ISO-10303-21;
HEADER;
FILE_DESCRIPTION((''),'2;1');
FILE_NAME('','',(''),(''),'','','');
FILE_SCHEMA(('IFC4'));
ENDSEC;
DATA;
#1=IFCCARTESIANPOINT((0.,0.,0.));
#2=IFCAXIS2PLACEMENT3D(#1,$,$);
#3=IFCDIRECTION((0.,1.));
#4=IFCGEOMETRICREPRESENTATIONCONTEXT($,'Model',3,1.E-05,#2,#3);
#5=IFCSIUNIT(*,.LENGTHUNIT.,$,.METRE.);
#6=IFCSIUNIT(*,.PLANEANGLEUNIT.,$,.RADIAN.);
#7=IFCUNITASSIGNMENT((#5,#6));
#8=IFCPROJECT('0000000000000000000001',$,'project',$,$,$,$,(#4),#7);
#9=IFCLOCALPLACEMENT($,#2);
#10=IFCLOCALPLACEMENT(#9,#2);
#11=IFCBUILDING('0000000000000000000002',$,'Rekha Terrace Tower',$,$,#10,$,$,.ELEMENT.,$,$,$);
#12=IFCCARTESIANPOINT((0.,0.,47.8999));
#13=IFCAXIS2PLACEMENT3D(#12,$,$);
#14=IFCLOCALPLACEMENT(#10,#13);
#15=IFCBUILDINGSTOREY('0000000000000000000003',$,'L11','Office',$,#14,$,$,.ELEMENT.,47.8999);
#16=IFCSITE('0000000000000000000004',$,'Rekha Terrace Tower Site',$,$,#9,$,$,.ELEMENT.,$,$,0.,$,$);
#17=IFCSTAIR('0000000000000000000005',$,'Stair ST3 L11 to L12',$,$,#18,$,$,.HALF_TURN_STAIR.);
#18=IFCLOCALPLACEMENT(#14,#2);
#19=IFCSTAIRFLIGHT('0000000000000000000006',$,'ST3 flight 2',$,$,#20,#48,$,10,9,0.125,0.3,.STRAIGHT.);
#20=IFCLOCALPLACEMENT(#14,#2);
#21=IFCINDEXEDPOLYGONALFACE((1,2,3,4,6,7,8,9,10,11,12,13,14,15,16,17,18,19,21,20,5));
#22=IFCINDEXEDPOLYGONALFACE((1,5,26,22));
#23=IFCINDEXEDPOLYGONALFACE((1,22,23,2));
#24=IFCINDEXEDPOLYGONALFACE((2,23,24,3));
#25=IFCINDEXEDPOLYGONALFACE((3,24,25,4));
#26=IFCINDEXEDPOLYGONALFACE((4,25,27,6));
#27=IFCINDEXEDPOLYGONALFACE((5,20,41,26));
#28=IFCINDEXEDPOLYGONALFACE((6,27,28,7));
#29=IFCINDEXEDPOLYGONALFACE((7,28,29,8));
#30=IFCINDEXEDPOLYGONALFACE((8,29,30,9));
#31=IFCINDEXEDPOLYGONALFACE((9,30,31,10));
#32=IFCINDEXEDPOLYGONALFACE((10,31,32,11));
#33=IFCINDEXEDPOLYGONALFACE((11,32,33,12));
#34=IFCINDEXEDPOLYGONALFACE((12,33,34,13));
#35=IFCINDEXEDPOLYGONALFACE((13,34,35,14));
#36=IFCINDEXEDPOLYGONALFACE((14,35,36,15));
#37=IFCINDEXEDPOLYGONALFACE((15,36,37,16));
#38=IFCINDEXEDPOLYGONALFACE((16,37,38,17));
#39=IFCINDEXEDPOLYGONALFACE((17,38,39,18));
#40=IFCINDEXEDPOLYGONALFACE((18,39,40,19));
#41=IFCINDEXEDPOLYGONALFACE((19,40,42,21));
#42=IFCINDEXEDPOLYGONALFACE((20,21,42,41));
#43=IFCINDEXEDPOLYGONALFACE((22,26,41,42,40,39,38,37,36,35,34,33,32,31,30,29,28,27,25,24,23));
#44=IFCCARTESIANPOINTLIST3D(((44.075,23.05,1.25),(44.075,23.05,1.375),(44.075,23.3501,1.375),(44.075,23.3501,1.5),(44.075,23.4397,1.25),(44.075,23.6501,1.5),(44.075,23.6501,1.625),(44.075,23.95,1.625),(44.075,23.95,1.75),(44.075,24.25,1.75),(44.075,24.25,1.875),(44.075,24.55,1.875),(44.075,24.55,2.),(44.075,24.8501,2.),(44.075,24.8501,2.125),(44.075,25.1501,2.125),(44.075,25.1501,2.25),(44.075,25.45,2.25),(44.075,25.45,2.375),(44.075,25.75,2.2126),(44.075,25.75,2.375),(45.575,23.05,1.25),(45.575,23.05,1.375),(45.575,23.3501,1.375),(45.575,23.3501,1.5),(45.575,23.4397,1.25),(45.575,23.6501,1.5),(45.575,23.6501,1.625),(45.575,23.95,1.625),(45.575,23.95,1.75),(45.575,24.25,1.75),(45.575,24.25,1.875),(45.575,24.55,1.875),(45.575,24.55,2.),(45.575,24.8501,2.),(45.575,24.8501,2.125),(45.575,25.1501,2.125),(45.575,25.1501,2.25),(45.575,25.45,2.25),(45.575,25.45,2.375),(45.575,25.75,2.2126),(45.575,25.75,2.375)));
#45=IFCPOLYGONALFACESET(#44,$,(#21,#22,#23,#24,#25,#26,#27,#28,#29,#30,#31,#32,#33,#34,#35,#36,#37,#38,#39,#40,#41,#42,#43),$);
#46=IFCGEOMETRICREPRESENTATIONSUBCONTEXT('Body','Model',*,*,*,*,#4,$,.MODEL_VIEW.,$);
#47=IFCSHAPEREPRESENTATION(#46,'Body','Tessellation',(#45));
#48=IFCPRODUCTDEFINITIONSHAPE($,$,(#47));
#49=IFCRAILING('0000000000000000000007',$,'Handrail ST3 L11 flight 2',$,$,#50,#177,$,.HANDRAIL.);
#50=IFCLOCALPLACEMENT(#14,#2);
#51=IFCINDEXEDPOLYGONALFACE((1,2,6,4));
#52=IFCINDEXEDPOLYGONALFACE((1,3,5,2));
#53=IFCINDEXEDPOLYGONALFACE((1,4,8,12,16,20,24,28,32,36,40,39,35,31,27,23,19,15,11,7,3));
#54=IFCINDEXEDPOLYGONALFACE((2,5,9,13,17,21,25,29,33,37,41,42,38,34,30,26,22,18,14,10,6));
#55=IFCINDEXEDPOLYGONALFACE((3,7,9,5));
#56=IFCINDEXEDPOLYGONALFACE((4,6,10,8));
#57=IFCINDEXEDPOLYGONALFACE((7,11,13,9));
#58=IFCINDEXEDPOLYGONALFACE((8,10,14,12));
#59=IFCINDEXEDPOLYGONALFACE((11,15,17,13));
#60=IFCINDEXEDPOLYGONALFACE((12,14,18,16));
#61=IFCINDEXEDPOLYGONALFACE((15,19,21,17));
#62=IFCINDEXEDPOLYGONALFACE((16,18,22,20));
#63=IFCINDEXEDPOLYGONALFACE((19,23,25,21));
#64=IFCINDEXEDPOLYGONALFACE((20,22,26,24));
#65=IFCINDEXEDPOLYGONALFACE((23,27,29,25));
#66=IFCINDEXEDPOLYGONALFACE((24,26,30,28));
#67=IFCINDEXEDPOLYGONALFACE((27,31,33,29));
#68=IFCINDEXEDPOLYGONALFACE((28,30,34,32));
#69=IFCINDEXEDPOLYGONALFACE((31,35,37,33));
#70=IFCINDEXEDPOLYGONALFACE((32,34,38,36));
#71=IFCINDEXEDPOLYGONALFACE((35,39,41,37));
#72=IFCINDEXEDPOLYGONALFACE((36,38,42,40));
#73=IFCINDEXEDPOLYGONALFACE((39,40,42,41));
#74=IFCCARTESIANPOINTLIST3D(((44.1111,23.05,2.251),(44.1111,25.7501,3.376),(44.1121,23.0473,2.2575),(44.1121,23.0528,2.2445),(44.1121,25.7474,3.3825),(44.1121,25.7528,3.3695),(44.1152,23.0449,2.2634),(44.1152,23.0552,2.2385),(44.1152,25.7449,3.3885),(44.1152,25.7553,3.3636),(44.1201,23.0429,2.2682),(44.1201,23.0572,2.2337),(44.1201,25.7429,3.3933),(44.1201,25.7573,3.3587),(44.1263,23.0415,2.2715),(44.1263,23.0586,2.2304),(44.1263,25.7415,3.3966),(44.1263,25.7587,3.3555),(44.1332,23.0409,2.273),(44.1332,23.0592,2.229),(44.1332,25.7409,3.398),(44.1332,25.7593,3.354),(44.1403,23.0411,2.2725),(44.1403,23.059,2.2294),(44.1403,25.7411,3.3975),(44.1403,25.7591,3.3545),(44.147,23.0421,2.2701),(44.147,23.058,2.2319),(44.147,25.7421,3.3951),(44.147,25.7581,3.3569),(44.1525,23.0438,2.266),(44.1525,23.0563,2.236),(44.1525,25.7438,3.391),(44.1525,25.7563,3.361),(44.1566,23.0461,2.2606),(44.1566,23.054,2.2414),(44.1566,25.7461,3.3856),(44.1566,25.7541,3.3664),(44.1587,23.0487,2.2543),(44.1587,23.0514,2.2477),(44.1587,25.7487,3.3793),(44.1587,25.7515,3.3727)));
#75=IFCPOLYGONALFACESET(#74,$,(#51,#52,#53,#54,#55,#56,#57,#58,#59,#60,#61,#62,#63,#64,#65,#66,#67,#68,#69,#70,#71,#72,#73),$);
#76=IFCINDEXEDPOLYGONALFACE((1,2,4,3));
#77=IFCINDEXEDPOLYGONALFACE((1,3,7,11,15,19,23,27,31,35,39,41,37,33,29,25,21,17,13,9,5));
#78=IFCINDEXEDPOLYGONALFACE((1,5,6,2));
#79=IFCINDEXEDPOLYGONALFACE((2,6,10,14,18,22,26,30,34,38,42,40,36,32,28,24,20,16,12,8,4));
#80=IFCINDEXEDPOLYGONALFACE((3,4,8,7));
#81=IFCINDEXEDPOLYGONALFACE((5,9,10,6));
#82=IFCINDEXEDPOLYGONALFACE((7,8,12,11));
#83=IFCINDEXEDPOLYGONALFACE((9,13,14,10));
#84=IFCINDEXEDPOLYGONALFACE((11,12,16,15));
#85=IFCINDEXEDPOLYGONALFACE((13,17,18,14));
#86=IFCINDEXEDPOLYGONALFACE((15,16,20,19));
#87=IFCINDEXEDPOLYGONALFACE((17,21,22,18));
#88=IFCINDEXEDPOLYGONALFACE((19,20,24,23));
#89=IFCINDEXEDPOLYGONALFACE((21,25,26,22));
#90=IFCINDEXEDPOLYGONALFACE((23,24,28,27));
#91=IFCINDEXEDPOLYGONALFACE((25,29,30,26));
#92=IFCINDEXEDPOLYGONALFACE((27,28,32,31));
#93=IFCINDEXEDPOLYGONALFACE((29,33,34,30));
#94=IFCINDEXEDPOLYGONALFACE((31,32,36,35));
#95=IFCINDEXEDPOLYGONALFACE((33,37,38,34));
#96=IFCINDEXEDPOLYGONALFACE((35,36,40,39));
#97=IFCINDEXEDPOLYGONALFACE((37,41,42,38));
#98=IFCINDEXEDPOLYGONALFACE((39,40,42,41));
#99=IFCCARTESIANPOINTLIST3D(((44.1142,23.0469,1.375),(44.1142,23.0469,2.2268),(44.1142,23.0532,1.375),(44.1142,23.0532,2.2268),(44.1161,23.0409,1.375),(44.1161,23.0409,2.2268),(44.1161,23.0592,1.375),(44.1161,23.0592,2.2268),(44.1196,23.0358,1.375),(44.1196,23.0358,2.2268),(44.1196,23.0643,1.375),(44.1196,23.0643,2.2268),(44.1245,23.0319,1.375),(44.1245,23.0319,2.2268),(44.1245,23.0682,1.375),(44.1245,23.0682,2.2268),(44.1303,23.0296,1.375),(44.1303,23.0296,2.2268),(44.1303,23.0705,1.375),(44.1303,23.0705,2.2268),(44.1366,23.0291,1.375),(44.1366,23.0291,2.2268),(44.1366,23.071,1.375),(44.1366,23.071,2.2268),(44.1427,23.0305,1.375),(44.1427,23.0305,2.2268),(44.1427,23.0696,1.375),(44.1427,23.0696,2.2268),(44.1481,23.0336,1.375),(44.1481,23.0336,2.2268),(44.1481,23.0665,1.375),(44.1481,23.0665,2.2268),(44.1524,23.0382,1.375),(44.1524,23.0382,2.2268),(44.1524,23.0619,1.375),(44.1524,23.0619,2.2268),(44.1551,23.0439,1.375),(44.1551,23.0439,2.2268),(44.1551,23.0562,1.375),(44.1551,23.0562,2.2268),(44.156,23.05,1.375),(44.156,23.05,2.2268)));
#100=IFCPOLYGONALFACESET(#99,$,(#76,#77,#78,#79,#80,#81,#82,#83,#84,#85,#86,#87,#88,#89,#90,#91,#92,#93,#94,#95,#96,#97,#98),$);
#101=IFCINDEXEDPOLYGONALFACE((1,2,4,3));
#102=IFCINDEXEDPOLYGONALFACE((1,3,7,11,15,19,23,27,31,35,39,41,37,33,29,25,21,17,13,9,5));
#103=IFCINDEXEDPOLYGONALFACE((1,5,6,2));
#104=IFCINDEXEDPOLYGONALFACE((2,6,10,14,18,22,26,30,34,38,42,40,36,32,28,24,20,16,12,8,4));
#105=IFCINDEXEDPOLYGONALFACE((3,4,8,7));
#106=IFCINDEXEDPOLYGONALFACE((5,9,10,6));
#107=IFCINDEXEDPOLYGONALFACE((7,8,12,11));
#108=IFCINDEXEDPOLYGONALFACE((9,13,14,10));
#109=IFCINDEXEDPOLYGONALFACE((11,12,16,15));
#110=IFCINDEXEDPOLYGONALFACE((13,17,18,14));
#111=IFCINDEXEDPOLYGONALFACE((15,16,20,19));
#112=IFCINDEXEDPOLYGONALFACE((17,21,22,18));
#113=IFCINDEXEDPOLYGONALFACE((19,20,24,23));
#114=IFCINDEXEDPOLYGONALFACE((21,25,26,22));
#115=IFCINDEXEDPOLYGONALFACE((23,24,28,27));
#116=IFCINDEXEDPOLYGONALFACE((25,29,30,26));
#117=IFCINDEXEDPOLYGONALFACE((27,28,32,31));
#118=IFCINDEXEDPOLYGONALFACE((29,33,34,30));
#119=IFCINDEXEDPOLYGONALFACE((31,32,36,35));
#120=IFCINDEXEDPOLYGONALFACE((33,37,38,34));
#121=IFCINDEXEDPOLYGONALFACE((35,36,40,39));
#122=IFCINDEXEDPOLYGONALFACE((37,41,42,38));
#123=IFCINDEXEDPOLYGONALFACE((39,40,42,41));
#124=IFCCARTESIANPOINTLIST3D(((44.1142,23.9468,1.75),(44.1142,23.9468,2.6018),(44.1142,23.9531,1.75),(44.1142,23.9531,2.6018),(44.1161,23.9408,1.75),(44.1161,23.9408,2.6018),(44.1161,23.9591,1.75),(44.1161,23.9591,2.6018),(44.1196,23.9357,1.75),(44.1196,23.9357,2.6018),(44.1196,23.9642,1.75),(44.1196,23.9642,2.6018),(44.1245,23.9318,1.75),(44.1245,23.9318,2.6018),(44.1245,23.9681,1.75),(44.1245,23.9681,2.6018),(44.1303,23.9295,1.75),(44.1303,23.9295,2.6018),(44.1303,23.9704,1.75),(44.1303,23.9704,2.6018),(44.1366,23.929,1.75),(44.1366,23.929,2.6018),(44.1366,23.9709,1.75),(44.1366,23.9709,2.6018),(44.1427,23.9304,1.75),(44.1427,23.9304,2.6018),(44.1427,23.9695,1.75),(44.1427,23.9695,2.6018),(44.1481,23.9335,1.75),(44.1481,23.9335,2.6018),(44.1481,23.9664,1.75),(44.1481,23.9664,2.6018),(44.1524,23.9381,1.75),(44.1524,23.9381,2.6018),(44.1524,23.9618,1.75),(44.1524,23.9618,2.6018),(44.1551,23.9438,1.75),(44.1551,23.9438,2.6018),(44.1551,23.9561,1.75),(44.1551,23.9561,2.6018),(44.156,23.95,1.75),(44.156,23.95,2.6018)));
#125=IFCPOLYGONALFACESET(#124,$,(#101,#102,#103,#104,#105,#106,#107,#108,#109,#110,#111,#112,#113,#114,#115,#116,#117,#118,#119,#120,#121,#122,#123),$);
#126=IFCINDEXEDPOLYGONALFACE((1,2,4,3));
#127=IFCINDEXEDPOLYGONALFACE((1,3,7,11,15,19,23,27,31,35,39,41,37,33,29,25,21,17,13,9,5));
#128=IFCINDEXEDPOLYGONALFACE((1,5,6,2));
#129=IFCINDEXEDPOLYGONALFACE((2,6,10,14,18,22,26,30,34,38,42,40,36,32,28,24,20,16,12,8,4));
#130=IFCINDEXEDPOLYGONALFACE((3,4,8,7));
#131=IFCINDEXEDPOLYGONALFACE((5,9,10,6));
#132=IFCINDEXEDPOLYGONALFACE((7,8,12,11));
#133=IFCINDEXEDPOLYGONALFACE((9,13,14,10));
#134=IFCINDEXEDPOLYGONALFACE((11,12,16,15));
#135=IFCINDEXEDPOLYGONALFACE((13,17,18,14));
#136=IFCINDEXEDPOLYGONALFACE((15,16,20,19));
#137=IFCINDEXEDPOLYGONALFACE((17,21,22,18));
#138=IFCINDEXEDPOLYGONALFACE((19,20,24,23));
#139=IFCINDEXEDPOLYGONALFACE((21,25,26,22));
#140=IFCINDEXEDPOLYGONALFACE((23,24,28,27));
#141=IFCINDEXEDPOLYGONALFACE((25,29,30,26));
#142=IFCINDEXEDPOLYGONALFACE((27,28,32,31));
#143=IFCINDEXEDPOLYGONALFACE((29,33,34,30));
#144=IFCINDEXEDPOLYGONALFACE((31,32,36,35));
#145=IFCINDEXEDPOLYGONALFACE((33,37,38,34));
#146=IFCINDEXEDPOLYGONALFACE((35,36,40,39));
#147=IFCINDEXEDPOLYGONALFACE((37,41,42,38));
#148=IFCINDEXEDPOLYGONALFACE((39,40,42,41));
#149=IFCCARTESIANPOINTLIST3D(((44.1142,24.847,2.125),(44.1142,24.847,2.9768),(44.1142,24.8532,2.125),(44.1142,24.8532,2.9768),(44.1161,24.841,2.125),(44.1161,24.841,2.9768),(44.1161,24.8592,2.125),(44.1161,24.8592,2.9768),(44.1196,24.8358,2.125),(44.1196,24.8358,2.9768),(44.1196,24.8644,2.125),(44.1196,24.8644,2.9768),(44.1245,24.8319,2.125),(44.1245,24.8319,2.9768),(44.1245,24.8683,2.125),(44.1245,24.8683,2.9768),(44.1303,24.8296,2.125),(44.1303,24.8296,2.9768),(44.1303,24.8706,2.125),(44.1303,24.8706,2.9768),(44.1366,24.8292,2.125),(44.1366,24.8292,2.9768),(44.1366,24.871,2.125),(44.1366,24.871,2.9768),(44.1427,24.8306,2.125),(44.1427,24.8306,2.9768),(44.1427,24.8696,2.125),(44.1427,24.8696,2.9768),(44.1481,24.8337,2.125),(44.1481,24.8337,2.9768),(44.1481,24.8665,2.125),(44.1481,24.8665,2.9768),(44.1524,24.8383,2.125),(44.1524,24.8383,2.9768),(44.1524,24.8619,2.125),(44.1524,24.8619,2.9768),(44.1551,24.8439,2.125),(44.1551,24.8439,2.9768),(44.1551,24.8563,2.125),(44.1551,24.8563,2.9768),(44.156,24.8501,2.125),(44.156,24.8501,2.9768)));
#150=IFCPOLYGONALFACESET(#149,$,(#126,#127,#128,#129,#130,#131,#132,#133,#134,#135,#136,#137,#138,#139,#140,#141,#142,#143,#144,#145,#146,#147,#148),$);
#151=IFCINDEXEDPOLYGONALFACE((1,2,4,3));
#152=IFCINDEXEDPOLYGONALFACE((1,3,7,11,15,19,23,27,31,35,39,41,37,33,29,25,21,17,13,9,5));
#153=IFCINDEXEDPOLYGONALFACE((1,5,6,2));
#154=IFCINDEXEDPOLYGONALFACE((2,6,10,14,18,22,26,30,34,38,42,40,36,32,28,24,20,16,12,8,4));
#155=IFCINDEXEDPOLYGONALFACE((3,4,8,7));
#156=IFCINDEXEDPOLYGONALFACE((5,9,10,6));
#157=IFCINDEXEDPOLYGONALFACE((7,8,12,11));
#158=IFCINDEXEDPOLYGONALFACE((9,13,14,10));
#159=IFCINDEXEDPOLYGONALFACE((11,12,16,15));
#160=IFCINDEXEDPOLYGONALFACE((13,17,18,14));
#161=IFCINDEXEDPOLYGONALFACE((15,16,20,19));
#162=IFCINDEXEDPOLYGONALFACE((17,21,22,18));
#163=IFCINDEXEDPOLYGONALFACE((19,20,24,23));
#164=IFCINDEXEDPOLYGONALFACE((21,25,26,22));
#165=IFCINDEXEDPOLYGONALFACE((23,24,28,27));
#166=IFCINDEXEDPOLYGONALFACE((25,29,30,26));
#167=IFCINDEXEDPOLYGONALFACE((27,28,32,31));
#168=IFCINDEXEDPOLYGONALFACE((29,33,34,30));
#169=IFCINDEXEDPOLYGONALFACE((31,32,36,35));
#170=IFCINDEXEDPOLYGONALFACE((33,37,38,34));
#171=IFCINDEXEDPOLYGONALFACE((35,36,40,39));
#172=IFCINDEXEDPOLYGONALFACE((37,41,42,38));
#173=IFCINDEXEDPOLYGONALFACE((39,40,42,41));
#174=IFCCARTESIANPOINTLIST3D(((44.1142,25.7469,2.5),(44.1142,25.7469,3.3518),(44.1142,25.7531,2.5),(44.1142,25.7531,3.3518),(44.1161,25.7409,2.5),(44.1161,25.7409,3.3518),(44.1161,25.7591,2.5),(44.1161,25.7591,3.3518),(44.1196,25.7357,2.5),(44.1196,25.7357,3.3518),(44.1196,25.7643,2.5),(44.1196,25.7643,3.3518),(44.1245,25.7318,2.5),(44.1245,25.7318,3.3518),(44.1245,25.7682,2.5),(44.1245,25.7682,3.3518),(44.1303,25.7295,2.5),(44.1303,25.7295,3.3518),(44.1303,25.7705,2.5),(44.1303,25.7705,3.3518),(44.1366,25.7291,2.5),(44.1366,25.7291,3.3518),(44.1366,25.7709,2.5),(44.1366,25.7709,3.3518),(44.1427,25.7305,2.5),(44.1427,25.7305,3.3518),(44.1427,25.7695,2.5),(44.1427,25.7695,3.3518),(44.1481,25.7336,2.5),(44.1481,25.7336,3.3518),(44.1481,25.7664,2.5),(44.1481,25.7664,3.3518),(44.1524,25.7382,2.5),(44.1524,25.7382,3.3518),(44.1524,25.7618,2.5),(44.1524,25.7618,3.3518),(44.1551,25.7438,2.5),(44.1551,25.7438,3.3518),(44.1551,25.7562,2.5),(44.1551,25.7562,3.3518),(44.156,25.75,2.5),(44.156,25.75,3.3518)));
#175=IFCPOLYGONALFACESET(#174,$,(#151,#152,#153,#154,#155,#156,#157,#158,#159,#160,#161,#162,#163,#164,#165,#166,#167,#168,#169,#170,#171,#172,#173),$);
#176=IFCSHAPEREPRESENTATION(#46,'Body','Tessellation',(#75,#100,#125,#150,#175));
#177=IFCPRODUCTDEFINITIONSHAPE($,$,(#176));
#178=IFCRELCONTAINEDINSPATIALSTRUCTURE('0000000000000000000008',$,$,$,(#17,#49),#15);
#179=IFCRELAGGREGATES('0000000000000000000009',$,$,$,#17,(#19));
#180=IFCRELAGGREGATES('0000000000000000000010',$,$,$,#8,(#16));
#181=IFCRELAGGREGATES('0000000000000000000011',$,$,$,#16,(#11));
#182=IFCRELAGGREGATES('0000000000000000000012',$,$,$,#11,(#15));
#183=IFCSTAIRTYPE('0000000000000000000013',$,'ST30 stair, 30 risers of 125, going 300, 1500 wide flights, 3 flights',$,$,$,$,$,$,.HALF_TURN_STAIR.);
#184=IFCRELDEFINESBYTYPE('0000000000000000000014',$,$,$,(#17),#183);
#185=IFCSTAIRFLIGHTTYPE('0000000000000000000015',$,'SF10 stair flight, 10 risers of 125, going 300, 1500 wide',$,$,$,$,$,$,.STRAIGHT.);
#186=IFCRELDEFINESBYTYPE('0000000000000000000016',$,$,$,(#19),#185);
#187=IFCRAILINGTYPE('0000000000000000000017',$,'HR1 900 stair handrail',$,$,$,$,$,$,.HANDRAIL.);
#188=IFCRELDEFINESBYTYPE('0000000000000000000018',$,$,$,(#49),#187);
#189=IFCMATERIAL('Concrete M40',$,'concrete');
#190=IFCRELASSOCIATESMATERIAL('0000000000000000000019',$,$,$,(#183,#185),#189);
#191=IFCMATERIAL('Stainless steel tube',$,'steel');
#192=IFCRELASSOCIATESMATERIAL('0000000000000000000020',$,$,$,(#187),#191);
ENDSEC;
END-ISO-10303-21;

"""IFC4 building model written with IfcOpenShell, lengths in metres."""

from ifc_helpers import new_model, si_unit, direction, frame, origin, origin_2d, place, context, subcontext, project, spatial, polyline, circle, outline, extrude, material, type_object, element, aggregate, save


model = new_model("IFC4")

# Units and contexts
model_context = context("Model", 3, precision=1e-05, world=origin(), true_north=direction((0.0, 1.0)))
body_context = subcontext(model_context, "Body", "Model", "MODEL_VIEW")
ifc_project = project(units=[si_unit("LENGTHUNIT", "METRE"), si_unit("PLANEANGLEUNIT", "RADIAN")], contexts=[model_context])

# Site, building, storey
site_placement = place(None, origin())
site = spatial("IfcSite", under=ifc_project, at=site_placement, Name="Rekha Terrace Tower Site", CompositionType="ELEMENT", RefElevation=0.0)
building_placement = place(site_placement, origin())
building = spatial("IfcBuilding", under=site, at=building_placement, Name="Rekha Terrace Tower", CompositionType="ELEMENT")
storey_placement = place(building_placement, frame((0.0, 0.0, 47.8999)))
storey = spatial("IfcBuildingStorey", under=building, at=storey_placement, Name="L11", Description="Office", CompositionType="ELEMENT", Elevation=47.8999)

# Stair, stair flight
ifc_material_1 = material(Name="Concrete M40", Category="concrete")
stair_type = type_object("IfcStairType", Name="ST30 stair, 30 risers of 125, going 300, 1500 wide flights, 3 flights", PredefinedType="HALF_TURN_STAIR", material=ifc_material_1)
stair_placement = place(storey_placement, origin())
stair = element("IfcStair", 1, at=stair_placement, inside=storey, type_object=stair_type, Name="Stair ST3 L11 to L12", PredefinedType="HALF_TURN_STAIR")
stair_flight_type = type_object("IfcStairFlightType", Name="SF10 stair flight, 10 risers of 125, going 300, 1500 wide", PredefinedType="STRAIGHT", material=ifc_material_1)
stair_flight_placement = place(storey_placement, frame((44.825, 23.05, 1.25), z_axis=(0.0, 0.0, 1.0), x_axis=(0.0, 1.0, 0.0)))
stair_flight = element("IfcStairFlight", 2, at=stair_flight_placement, type_object=stair_flight_type, Name="ST3 flight 2", NumberOfRisers=10, NumberOfTreads=9, PredefinedType="STRAIGHT", RiserHeight=0.125, TreadLength=0.3, context=body_context, shape_type="SweptSolid", body=[
    extrude(outline(polyline([(0.0, 0.0), (0.0, 0.125), (0.3, 0.125), (0.3, 0.25), (0.6001, 0.25), (0.6001, 0.375), (0.8999, 0.375), (0.8999, 0.5), (1.2, 0.5), (1.2, 0.625), (1.5, 0.625), (1.5, 0.75), (1.8, 0.75), (1.8, 0.875), (2.1001, 0.875), (2.1001, 1.0), (2.3999, 1.0), (2.3999, 1.125), (2.7, 1.125), (2.7, 1.25), (2.7, 0.9626), (0.3896, 0.0), (0.0, 0.0)])), frame((0.0, 0.75, 0.0), z_axis=(0.0, -1.0, 0.0), x_axis=(1.0, 0.0, 0.0)), (0.0, 0.0, 1.0), 1.5),
])
aggregate(stair, [stair_flight])

# Railing
ifc_material_2 = material(Name="Stainless steel tube", Category="steel")
railing_type = type_object("IfcRailingType", Name="HR1 900 stair handrail", PredefinedType="HANDRAIL", material=ifc_material_2)
railing_placement = place(storey_placement, frame((44.135, 23.05, 1.375)))
element("IfcRailing", 3, at=railing_placement, inside=storey, type_object=railing_type, Name="Handrail ST3 L11 flight 2", PredefinedType="HANDRAIL", context=body_context, shape_type="SweptSolid", body=[
    extrude(circle(Radius=0.0239, at=origin_2d()), frame((0.0, 0.0, 0.876), z_axis=(0.0, 0.923074, 0.384621), x_axis=(-1.0, 0.0, 0.0)), (0.0, 0.0, 1.0), 2.925),
    extrude(circle(Radius=0.021, at=origin_2d()), origin(), (0.0, 0.0, 1.0), 0.8518),
    extrude(circle(Radius=0.021, at=origin_2d()), frame((0.0, 0.8999, 0.375)), (0.0, 0.0, 1.0), 0.8518),
    extrude(circle(Radius=0.021, at=origin_2d()), frame((0.0, 1.8, 0.75)), (0.0, 0.0, 1.0), 0.8518),
    extrude(circle(Radius=0.021, at=origin_2d()), frame((0.0, 2.7, 1.125)), (0.0, 0.0, 1.0), 0.8518),
])

save(model, "model.ifc")
